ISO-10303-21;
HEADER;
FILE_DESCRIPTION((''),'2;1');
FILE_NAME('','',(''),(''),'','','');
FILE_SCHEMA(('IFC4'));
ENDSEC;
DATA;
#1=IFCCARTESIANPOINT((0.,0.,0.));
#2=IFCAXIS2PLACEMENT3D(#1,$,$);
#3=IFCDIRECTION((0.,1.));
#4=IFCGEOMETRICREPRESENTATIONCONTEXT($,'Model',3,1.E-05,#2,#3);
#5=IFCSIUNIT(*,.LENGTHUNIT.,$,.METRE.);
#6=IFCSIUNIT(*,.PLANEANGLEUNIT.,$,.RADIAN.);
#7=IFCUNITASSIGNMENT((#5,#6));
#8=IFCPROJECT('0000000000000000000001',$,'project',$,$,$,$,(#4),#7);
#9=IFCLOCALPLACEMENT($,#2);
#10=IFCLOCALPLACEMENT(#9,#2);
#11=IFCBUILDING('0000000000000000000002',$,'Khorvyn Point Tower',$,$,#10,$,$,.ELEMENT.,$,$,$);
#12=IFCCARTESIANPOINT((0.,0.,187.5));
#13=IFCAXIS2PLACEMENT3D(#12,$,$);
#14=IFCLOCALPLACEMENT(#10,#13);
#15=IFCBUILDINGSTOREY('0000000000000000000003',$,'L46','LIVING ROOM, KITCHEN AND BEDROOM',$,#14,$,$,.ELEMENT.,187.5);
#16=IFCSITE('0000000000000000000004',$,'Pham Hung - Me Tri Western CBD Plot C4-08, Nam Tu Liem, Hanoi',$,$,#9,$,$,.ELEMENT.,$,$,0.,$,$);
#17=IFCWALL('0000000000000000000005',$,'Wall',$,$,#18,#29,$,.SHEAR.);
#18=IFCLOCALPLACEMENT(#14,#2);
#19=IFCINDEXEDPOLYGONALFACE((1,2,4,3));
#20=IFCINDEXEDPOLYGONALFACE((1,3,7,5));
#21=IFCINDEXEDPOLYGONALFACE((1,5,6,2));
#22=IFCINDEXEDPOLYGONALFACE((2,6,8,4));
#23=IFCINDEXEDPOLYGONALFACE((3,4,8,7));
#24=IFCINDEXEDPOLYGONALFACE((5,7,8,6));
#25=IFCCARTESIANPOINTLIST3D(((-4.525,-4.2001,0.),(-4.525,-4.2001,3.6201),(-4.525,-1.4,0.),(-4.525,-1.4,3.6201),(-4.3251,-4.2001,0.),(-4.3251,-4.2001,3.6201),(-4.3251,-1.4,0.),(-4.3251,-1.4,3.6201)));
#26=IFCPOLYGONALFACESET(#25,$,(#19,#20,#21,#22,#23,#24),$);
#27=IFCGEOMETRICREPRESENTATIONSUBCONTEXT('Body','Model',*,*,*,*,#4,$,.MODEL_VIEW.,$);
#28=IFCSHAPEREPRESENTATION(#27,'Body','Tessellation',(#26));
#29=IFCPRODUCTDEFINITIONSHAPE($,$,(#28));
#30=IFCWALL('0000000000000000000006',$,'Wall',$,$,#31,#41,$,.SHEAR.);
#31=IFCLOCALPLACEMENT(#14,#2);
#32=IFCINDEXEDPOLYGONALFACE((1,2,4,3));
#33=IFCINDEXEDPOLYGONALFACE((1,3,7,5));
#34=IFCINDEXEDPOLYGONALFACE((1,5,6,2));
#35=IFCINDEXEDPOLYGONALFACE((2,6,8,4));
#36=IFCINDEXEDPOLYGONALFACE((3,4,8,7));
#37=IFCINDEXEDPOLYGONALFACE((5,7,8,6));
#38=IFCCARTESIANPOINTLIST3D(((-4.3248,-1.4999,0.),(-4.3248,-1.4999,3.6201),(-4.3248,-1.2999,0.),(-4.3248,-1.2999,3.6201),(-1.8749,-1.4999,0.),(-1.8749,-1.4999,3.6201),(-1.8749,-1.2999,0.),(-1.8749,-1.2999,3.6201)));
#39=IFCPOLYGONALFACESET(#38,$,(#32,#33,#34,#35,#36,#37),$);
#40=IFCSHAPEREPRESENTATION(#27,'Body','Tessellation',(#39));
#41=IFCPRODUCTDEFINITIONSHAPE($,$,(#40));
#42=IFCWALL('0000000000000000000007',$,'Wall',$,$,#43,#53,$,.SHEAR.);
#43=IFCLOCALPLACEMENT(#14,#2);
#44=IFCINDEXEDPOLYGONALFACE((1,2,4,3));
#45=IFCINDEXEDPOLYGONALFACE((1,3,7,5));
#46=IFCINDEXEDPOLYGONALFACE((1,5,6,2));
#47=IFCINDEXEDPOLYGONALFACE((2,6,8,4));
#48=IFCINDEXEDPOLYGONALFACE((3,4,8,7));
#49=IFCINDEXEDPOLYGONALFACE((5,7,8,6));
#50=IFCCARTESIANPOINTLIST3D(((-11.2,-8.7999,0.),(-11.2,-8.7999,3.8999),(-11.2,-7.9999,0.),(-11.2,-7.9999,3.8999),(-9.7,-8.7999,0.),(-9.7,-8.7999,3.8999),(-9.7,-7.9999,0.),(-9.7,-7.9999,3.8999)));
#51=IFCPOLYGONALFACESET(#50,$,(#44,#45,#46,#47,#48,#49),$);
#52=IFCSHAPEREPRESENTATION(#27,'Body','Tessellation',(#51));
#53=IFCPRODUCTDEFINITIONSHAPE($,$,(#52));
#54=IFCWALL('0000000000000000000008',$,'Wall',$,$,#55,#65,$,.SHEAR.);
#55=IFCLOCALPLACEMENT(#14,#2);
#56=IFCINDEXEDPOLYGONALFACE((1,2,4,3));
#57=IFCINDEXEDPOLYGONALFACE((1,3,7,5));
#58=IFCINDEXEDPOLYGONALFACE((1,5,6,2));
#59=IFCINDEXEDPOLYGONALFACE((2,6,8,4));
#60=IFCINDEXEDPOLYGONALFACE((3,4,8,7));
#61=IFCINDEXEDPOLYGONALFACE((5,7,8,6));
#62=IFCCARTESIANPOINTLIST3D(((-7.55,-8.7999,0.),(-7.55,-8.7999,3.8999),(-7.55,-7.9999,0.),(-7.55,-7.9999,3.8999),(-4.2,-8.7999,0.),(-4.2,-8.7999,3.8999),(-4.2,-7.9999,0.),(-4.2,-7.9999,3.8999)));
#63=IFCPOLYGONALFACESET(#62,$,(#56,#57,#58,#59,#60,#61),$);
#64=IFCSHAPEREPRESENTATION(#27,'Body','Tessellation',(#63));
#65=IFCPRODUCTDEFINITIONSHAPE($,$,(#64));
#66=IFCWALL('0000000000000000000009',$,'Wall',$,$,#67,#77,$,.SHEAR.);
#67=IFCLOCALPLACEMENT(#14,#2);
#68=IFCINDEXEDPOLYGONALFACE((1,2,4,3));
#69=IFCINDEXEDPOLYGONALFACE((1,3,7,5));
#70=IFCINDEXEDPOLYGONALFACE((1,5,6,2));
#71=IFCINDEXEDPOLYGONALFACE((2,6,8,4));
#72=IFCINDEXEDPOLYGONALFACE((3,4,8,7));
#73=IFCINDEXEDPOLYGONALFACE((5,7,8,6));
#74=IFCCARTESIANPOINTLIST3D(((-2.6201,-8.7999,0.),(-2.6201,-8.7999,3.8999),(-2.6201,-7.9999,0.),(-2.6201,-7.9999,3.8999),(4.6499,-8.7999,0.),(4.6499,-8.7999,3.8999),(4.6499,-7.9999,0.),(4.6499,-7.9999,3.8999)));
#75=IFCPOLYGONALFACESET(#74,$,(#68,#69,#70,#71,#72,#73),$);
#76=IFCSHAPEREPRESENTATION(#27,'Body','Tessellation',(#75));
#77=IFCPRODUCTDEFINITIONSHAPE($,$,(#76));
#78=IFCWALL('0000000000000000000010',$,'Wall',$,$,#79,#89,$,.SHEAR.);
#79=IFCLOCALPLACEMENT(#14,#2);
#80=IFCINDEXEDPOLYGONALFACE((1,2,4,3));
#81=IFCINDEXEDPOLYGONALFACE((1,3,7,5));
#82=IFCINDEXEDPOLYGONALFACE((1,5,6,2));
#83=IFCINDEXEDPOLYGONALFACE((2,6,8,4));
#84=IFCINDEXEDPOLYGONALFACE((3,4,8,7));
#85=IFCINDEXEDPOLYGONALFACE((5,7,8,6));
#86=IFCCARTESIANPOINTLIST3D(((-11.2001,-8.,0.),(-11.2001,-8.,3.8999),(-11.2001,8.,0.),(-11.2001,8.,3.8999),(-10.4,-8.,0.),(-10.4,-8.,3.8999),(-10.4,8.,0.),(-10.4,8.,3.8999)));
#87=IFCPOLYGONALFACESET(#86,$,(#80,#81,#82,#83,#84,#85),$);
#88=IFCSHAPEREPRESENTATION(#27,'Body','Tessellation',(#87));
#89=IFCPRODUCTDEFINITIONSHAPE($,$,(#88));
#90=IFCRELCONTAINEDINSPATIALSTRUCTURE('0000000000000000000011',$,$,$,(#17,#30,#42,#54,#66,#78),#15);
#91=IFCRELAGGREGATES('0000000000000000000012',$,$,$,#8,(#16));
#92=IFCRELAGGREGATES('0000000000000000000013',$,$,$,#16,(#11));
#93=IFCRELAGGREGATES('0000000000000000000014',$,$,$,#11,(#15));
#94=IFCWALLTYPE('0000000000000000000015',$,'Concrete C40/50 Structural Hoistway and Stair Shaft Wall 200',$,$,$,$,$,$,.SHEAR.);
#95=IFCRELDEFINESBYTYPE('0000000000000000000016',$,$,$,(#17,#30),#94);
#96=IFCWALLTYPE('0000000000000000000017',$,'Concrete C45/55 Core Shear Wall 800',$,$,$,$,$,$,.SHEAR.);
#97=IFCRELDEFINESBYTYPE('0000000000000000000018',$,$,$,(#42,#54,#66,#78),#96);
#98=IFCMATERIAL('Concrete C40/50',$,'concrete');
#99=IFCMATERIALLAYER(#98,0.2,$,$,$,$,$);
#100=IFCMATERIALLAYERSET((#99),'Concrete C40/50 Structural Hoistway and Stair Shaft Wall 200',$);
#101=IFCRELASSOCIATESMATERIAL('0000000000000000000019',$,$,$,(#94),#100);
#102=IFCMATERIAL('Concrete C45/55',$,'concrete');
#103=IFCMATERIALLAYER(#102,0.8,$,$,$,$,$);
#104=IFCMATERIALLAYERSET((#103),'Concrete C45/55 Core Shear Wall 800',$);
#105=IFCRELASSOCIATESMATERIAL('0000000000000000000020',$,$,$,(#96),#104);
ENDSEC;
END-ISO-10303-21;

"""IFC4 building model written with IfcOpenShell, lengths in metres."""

from ifc_helpers import new_model, si_unit, direction, frame, frame_2d, origin, place, context, subcontext, project, spatial, rectangle, extrude, material, layer, layer_set, type_object, element, save


model = new_model("IFC4")

# Units and contexts
model_context = context("Model", 3, precision=1e-05, world=origin(), true_north=direction((0.0, 1.0)))
body_context = subcontext(model_context, "Body", "Model", "MODEL_VIEW")
ifc_project = project(units=[si_unit("LENGTHUNIT", "METRE"), si_unit("PLANEANGLEUNIT", "RADIAN")], contexts=[model_context])

# Site, building, storey
site_placement = place(None, origin())
site = spatial("IfcSite", under=ifc_project, at=site_placement, Name="Pham Hung - Me Tri Western CBD Plot C4-08, Nam Tu Liem, Hanoi", CompositionType="ELEMENT", RefElevation=0.0)
building_placement = place(site_placement, origin())
building = spatial("IfcBuilding", under=site, at=building_placement, Name="Khorvyn Point Tower", CompositionType="ELEMENT")
storey_placement = place(building_placement, frame((0.0, 0.0, 187.5)))
storey = spatial("IfcBuildingStorey", under=building, at=storey_placement, Name="L46", Description="LIVING ROOM, KITCHEN AND BEDROOM", CompositionType="ELEMENT", Elevation=187.5)

# Shared definitions
ifc_material_1 = material(Name="Concrete C40/50", Category="concrete")
ifc_material_2 = material(Name="Concrete C45/55", Category="concrete")

# Walls
ifc_layer_1 = layer(ifc_material_1, 0.2)
ifc_layer_set_1 = layer_set([ifc_layer_1], Name="Concrete C40/50 Structural Hoistway and Stair Shaft Wall 200")
wall_type_1 = type_object("IfcWallType", Name="Concrete C40/50 Structural Hoistway and Stair Shaft Wall 200", PredefinedType="SHEAR", material=ifc_layer_set_1)
wall_1_placement = place(storey_placement, frame((-4.425, -4.2, 0.0), z_axis=(0.0, 0.0, 1.0), x_axis=(0.0, 1.0, 0.0)))
element("IfcWall", 1, at=wall_1_placement, inside=storey, type_object=wall_type_1, Name="Wall", PredefinedType="SHEAR", context=body_context, shape_type="SweptSolid", body=[
    extrude(rectangle(XDim=2.8, YDim=0.2, at=frame_2d((1.3999, 0.0))), origin(), (0.0, 0.0, 1.0), 3.6201),
])
wall_2_placement = place(storey_placement, frame((-4.325, -1.3999, 0.0), z_axis=(0.0, 0.0, 1.0), x_axis=(1.0, 0.0, 0.0)))
element("IfcWall", 2, at=wall_2_placement, inside=storey, type_object=wall_type_1, Name="Wall", PredefinedType="SHEAR", context=body_context, shape_type="SweptSolid", body=[
    extrude(rectangle(XDim=2.45, YDim=0.2, at=frame_2d((1.2251, 0.0))), origin(), (0.0, 0.0, 1.0), 3.6201),
])
ifc_layer_2 = layer(ifc_material_2, 0.8)
ifc_layer_set_2 = layer_set([ifc_layer_2], Name="Concrete C45/55 Core Shear Wall 800")
wall_type_2 = type_object("IfcWallType", Name="Concrete C45/55 Core Shear Wall 800", PredefinedType="SHEAR", material=ifc_layer_set_2)
wall_3_placement = place(storey_placement, frame((-11.2, -8.3999, 0.0), z_axis=(0.0, 0.0, 1.0), x_axis=(1.0, 0.0, 0.0)))
element("IfcWall", 3, at=wall_3_placement, inside=storey, type_object=wall_type_2, Name="Wall", PredefinedType="SHEAR", context=body_context, shape_type="SweptSolid", body=[
    extrude(rectangle(XDim=1.5, YDim=0.8, at=frame_2d((0.75, 0.0))), origin(), (0.0, 0.0, 1.0), 3.8999),
])
wall_4_placement = place(storey_placement, frame((-7.55, -8.3999, 0.0), z_axis=(0.0, 0.0, 1.0), x_axis=(1.0, 0.0, 0.0)))
element("IfcWall", 4, at=wall_4_placement, inside=storey, type_object=wall_type_2, Name="Wall", PredefinedType="SHEAR", context=body_context, shape_type="SweptSolid", body=[
    extrude(rectangle(XDim=3.3501, YDim=0.8, at=frame_2d((1.675, 0.0))), origin(), (0.0, 0.0, 1.0), 3.8999),
])
wall_5_placement = place(storey_placement, frame((-2.6201, -8.3999, 0.0), z_axis=(0.0, 0.0, 1.0), x_axis=(1.0, 0.0, 0.0)))
element("IfcWall", 5, at=wall_5_placement, inside=storey, type_object=wall_type_2, Name="Wall", PredefinedType="SHEAR", context=body_context, shape_type="SweptSolid", body=[
    extrude(rectangle(XDim=7.27, YDim=0.8, at=frame_2d((3.635, 0.0))), origin(), (0.0, 0.0, 1.0), 3.8999),
])
wall_6_placement = place(storey_placement, frame((-10.8, -8.0, 0.0), z_axis=(0.0, 0.0, 1.0), x_axis=(0.0, 1.0, 0.0)))
element("IfcWall", 6, at=wall_6_placement, inside=storey, type_object=wall_type_2, Name="Wall", PredefinedType="SHEAR", context=body_context, shape_type="SweptSolid", body=[
    extrude(rectangle(XDim=16.0, YDim=0.8, at=frame_2d((8.0, 0.0))), origin(), (0.0, 0.0, 1.0), 3.8999),
])

save(model, "model.ifc")
